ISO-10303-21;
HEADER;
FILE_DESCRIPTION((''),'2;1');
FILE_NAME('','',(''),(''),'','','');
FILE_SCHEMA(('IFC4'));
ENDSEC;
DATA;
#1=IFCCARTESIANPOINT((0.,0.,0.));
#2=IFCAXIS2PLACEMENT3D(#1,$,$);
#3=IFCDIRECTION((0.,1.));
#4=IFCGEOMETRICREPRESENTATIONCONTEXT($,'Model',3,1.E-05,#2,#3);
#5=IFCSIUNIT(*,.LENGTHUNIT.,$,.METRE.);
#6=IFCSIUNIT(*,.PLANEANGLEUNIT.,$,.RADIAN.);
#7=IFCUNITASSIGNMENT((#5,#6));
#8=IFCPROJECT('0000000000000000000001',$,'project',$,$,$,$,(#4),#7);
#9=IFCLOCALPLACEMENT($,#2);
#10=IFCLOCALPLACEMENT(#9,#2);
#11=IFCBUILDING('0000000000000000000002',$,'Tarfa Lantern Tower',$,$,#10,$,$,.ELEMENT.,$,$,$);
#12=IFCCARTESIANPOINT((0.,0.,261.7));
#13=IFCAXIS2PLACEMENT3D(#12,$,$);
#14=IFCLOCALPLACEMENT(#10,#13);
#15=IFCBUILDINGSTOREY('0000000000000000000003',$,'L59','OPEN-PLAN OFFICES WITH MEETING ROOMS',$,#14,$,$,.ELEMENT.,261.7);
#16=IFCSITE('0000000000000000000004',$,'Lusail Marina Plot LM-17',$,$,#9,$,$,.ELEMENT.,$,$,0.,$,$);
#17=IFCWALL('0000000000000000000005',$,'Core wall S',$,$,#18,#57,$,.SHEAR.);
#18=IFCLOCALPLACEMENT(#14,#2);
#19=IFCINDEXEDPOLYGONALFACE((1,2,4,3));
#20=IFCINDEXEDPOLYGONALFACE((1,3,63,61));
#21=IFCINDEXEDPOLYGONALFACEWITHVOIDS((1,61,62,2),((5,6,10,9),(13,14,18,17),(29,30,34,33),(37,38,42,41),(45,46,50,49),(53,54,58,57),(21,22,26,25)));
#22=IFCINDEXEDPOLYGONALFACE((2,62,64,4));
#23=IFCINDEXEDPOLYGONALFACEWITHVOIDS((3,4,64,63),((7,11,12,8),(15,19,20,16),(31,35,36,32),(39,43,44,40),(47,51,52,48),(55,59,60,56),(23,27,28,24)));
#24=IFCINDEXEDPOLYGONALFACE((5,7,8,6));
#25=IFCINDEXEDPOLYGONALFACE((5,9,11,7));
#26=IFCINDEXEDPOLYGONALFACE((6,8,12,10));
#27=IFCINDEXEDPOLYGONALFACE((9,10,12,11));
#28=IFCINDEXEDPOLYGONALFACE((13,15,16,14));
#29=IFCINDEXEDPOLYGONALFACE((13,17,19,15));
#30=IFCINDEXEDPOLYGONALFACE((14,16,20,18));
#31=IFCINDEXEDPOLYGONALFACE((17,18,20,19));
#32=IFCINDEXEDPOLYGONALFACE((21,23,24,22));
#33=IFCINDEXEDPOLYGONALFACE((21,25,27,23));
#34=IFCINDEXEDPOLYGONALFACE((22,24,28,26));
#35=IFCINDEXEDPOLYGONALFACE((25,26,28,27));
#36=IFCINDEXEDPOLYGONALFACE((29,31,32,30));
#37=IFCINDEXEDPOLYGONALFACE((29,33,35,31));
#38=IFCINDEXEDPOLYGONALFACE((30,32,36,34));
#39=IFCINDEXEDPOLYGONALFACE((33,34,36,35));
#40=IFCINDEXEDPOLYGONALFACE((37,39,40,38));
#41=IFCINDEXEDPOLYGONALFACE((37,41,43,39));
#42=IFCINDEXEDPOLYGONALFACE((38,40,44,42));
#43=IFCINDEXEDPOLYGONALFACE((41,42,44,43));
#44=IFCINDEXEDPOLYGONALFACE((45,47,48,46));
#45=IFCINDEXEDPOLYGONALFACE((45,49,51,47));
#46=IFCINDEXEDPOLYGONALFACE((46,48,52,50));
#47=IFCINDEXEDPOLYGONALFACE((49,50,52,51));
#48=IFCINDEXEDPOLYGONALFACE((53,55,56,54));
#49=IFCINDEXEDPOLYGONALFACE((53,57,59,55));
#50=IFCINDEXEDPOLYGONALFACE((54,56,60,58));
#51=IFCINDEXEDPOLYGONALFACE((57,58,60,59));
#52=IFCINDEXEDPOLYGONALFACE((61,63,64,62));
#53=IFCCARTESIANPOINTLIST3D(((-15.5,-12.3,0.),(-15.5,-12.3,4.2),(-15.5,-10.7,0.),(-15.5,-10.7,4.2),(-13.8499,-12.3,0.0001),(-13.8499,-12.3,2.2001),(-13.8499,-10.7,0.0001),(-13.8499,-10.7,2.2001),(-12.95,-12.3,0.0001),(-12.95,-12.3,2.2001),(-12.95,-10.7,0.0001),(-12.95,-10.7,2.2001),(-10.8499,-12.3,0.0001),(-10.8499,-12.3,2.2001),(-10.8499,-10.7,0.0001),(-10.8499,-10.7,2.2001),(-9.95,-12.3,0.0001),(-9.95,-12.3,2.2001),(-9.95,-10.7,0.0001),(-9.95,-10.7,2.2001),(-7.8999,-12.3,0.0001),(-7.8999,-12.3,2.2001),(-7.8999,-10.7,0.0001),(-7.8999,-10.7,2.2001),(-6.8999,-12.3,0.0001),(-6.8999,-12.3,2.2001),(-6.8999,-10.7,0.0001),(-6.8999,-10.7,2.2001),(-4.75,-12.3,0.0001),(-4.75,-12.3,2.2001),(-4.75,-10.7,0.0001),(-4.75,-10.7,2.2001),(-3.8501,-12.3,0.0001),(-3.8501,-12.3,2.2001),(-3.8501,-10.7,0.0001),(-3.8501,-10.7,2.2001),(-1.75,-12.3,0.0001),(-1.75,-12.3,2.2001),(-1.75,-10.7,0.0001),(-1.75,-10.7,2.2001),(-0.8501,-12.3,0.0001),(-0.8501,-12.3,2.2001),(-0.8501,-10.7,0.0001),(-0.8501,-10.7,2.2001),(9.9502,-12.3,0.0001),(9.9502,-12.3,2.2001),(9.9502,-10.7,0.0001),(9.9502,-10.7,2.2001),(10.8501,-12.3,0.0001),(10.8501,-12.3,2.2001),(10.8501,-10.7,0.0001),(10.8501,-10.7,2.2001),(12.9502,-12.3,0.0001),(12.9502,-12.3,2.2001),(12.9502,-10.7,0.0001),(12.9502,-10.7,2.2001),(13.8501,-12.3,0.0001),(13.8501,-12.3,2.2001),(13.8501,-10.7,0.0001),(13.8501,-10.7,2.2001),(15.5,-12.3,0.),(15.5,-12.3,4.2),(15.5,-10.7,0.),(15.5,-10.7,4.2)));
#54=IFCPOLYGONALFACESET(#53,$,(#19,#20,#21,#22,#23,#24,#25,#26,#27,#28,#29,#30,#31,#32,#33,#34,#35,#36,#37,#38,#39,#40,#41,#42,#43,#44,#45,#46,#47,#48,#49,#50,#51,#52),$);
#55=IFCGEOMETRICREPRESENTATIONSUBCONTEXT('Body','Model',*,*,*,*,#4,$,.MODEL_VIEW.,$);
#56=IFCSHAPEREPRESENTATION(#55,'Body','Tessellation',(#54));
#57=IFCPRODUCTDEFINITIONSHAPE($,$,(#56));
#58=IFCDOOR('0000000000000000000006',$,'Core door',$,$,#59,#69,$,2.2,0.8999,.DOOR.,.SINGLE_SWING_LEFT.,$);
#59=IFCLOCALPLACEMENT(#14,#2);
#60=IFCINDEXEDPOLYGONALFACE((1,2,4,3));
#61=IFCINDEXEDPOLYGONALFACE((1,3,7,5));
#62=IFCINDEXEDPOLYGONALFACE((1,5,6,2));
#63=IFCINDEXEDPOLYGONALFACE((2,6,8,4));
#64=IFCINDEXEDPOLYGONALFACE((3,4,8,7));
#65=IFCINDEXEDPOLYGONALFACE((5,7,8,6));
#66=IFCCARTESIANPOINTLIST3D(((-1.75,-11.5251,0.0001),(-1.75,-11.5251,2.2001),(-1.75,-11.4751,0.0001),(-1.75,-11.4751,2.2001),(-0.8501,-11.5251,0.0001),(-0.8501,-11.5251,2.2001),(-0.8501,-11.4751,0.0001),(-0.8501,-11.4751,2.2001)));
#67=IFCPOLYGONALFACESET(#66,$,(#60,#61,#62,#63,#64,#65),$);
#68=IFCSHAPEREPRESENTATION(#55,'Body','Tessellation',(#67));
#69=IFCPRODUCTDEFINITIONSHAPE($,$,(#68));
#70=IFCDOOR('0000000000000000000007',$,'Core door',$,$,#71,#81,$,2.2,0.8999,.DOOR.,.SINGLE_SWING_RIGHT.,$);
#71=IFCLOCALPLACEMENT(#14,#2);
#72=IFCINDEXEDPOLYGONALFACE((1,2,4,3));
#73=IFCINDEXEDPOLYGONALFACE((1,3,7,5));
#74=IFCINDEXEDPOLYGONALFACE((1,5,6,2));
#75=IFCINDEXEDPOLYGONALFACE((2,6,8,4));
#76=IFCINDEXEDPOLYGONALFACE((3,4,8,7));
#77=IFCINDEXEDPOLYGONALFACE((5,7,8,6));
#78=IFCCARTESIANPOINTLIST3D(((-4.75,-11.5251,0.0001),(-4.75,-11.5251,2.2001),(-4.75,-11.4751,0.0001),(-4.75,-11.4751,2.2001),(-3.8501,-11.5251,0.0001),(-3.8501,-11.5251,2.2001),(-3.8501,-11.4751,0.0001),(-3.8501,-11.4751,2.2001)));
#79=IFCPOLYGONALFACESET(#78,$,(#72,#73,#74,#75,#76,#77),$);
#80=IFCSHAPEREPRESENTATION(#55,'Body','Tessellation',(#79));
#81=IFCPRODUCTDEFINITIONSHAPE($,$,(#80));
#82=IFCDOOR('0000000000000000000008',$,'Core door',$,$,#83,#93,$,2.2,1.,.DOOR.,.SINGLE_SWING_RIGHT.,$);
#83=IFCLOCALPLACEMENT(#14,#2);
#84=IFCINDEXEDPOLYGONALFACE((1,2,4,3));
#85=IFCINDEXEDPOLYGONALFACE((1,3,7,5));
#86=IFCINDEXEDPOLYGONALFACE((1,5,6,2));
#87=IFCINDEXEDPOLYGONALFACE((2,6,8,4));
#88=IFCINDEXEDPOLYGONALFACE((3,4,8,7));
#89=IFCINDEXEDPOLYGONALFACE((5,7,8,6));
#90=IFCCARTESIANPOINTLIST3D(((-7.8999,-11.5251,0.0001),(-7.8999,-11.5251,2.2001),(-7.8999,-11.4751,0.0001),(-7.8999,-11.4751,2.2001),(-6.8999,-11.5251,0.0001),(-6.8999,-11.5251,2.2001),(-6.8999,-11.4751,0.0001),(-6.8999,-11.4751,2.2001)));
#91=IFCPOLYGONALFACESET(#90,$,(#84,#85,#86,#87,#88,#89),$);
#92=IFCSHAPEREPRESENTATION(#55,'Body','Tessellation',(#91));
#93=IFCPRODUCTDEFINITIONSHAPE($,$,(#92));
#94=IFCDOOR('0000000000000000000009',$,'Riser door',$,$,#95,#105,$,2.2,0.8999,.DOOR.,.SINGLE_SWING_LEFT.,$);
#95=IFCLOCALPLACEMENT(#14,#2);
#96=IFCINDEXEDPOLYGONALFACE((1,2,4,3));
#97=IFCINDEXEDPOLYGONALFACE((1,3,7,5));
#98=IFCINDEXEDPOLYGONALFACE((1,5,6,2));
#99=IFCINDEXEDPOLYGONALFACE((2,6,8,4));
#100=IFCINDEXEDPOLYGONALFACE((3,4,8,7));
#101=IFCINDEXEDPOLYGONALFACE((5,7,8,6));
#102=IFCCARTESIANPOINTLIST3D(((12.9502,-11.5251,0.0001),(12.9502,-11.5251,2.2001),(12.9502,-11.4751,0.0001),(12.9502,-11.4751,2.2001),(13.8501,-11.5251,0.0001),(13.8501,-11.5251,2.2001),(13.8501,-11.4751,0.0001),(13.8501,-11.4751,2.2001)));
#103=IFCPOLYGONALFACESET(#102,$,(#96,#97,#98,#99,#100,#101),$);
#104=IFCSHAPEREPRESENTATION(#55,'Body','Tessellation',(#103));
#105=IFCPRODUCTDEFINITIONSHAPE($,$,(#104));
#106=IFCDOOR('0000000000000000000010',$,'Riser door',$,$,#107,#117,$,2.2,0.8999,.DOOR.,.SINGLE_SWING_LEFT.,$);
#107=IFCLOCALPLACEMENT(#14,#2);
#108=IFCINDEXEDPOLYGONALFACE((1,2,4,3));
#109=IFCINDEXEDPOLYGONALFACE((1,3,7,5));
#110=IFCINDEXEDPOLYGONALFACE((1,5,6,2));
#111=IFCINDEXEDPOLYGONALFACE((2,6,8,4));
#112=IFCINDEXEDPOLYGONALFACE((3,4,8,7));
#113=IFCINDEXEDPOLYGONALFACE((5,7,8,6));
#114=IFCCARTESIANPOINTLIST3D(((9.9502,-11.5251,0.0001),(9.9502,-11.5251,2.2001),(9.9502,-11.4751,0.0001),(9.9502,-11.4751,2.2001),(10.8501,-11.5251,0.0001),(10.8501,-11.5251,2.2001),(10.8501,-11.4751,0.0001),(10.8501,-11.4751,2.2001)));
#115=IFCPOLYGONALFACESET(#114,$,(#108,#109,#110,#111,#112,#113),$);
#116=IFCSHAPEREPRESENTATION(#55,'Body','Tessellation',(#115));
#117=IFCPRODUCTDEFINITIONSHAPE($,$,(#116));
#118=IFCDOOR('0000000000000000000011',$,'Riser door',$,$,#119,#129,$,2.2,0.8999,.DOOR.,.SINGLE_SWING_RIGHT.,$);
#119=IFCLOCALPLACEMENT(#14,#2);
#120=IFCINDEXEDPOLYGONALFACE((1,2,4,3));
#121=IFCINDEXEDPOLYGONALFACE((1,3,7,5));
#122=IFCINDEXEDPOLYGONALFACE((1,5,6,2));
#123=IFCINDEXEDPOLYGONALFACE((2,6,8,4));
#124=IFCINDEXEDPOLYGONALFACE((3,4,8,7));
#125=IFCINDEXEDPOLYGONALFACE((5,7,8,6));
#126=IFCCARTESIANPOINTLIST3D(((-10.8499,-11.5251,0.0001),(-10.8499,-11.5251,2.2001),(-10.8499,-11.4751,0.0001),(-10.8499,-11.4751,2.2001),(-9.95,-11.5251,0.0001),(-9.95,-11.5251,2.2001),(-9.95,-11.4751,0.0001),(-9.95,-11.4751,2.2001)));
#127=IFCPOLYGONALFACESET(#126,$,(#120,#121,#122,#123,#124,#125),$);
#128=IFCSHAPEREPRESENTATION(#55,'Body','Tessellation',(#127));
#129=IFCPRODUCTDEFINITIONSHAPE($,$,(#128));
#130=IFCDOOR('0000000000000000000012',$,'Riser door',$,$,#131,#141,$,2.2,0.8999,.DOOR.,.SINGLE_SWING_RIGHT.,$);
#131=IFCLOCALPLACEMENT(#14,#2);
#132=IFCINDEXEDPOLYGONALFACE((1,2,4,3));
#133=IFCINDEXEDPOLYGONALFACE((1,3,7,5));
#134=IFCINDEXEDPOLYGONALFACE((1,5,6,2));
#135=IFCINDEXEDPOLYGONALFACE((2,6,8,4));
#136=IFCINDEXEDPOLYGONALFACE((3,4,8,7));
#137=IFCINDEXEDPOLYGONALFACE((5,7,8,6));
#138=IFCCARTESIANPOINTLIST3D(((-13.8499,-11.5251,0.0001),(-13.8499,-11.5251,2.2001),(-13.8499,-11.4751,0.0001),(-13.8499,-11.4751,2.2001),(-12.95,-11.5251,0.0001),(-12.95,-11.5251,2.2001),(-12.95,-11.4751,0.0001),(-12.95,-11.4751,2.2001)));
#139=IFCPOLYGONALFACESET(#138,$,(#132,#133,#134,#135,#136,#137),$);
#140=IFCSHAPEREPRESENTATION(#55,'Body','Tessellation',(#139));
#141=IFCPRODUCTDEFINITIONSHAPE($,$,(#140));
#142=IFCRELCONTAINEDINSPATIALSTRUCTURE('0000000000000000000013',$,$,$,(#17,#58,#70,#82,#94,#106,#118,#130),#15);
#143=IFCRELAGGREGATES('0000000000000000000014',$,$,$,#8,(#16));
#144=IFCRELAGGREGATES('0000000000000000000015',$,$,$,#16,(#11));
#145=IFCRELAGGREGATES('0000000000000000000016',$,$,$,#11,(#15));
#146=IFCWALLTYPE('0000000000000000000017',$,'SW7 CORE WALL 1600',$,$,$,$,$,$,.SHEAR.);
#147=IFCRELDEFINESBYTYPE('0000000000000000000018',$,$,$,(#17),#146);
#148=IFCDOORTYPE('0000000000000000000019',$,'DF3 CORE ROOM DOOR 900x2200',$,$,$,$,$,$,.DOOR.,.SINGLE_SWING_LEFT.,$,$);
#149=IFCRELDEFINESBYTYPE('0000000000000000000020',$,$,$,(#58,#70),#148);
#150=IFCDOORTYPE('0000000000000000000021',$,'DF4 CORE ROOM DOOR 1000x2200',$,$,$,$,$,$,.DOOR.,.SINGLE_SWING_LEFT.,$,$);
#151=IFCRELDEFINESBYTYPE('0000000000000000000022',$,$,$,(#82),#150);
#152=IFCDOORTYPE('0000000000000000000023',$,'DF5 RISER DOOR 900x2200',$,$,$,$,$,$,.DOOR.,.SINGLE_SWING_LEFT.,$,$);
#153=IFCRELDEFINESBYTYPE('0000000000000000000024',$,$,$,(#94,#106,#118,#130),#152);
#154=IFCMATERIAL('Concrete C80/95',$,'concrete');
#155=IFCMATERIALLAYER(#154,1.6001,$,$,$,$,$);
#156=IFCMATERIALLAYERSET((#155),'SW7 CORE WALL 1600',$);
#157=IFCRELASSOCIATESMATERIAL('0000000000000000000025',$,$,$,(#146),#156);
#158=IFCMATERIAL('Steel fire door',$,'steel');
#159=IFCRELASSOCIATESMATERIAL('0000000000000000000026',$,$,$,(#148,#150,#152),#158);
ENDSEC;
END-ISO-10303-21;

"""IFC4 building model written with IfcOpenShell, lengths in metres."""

from ifc_helpers import new_model, si_unit, direction, frame, frame_2d, origin, place, context, subcontext, project, spatial, rectangle, extrude, material, layer, layer_set, type_object, element, fill, save


model = new_model("IFC4")

# Units and contexts
model_context = context("Model", 3, precision=1e-05, world=origin(), true_north=direction((0.0, 1.0)))
body_context = subcontext(model_context, "Body", "Model", "MODEL_VIEW")
ifc_project = project(units=[si_unit("LENGTHUNIT", "METRE"), si_unit("PLANEANGLEUNIT", "RADIAN")], contexts=[model_context])

# Site, building, storey
site_placement = place(None, origin())
site = spatial("IfcSite", under=ifc_project, at=site_placement, Name="Lusail Marina Plot LM-17", CompositionType="ELEMENT", RefElevation=0.0)
building_placement = place(site_placement, origin())
building = spatial("IfcBuilding", under=site, at=building_placement, Name="Tarfa Lantern Tower", CompositionType="ELEMENT")
storey_placement = place(building_placement, frame((0.0, 0.0, 261.7)))
storey = spatial("IfcBuildingStorey", under=building, at=storey_placement, Name="L59", Description="OPEN-PLAN OFFICES WITH MEETING ROOMS", CompositionType="ELEMENT", Elevation=261.7)

# Shared definitions
ifc_material_1 = material(Name="Concrete C80/95", Category="concrete")
ifc_material_2 = material(Name="Steel fire door", Category="steel")

# Wall, openings, doors
ifc_layer_1 = layer(ifc_material_1, 1.6001)
ifc_layer_set_1 = layer_set([ifc_layer_1], Name="SW7 CORE WALL 1600")
wall_type_1 = type_object("IfcWallType", Name="SW7 CORE WALL 1600", PredefinedType="SHEAR", material=ifc_layer_set_1)
wall_1_placement = place(storey_placement, frame((15.5, -11.5, 0.0), z_axis=(0.0, 0.0, 1.0), x_axis=(-1.0, 0.0, 0.0)))
wall_1 = element("IfcWall", 1, at=wall_1_placement, inside=storey, type_object=wall_type_1, Name="Core wall S", PredefinedType="SHEAR", context=body_context, shape_type="SweptSolid", body=[
    extrude(rectangle(XDim=31.0, YDim=1.6001, at=frame_2d((15.5, 0.0))), origin(), (0.0, 0.0, 1.0), 4.2),
])
opening_1_placement = place(wall_1_placement, frame((16.3501, 0.0, 0.0)))
opening_1 = element("IfcOpeningElement", 2, at=opening_1_placement, cuts=wall_1, PredefinedType="OPENING", context=body_context, shape_type="SweptSolid", body=[
    extrude(rectangle(XDim=0.8999, YDim=2.2, at=frame_2d((0.45, 1.1001))), frame((0.0, 0.8101, 0.0), z_axis=(0.0, -1.0, 0.0), x_axis=(1.0, 0.0, 0.0)), (0.0, 0.0, 1.0), 1.6201),
])
opening_2_placement = place(wall_1_placement, frame((19.3501, 0.0, 0.0)))
opening_2 = element("IfcOpeningElement", 3, at=opening_2_placement, cuts=wall_1, PredefinedType="OPENING", context=body_context, shape_type="SweptSolid", body=[
    extrude(rectangle(XDim=0.8999, YDim=2.2, at=frame_2d((0.45, 1.1001))), frame((0.0, 0.8101, 0.0), z_axis=(0.0, -1.0, 0.0), x_axis=(1.0, 0.0, 0.0)), (0.0, 0.0, 1.0), 1.6201),
])
opening_3_placement = place(wall_1_placement, frame((22.3999, 0.0, 0.0)))
opening_3 = element("IfcOpeningElement", 4, at=opening_3_placement, cuts=wall_1, PredefinedType="OPENING", context=body_context, shape_type="SweptSolid", body=[
    extrude(rectangle(XDim=1.0, YDim=2.2, at=frame_2d((0.5, 1.1001))), frame((0.0, 0.8101, 0.0), z_axis=(0.0, -1.0, 0.0), x_axis=(1.0, 0.0, 0.0)), (0.0, 0.0, 1.0), 1.6201),
])
opening_4_placement = place(wall_1_placement, frame((1.6499, 0.0, 0.0)))
opening_4 = element("IfcOpeningElement", 5, at=opening_4_placement, cuts=wall_1, PredefinedType="OPENING", context=body_context, shape_type="SweptSolid", body=[
    extrude(rectangle(XDim=0.8999, YDim=2.2, at=frame_2d((0.45, 1.1001))), frame((0.0, 0.8101, 0.0), z_axis=(0.0, -1.0, 0.0), x_axis=(1.0, 0.0, 0.0)), (0.0, 0.0, 1.0), 1.6201),
])
opening_5_placement = place(wall_1_placement, frame((4.6499, 0.0, 0.0)))
opening_5 = element("IfcOpeningElement", 6, at=opening_5_placement, cuts=wall_1, PredefinedType="OPENING", context=body_context, shape_type="SweptSolid", body=[
    extrude(rectangle(XDim=0.8999, YDim=2.2, at=frame_2d((0.45, 1.1001))), frame((0.0, 0.8101, 0.0), z_axis=(0.0, -1.0, 0.0), x_axis=(1.0, 0.0, 0.0)), (0.0, 0.0, 1.0), 1.6201),
])
opening_6_placement = place(wall_1_placement, frame((25.45, 0.0, 0.0)))
opening_6 = element("IfcOpeningElement", 7, at=opening_6_placement, cuts=wall_1, PredefinedType="OPENING", context=body_context, shape_type="SweptSolid", body=[
    extrude(rectangle(XDim=0.8999, YDim=2.2, at=frame_2d((0.45, 1.1001))), frame((0.0, 0.8101, 0.0), z_axis=(0.0, -1.0, 0.0), x_axis=(1.0, 0.0, 0.0)), (0.0, 0.0, 1.0), 1.6201),
])
opening_7_placement = place(wall_1_placement, frame((28.45, 0.0, 0.0)))
opening_7 = element("IfcOpeningElement", 8, at=opening_7_placement, cuts=wall_1, PredefinedType="OPENING", context=body_context, shape_type="SweptSolid", body=[
    extrude(rectangle(XDim=0.8999, YDim=2.2, at=frame_2d((0.45, 1.1001))), frame((0.0, 0.8101, 0.0), z_axis=(0.0, -1.0, 0.0), x_axis=(1.0, 0.0, 0.0)), (0.0, 0.0, 1.0), 1.6201),
])
door_type_1 = type_object("IfcDoorType", Name="DF3 CORE ROOM DOOR 900x2200", OperationType="SINGLE_SWING_LEFT", PredefinedType="DOOR", material=ifc_material_2)
door_1_placement = place(opening_1_placement, frame((0.8999, 0.0, 0.0), z_axis=(0.0, 0.0, 1.0), x_axis=(-1.0, 0.0, 0.0)))
door_1 = element("IfcDoor", 9, at=door_1_placement, inside=storey, type_object=door_type_1, Name="Core door", OperationType="SINGLE_SWING_LEFT", OverallHeight=2.2, OverallWidth=0.8999, PredefinedType="DOOR", context=body_context, shape_type="SweptSolid", body=[
    extrude(rectangle(XDim=0.8999, YDim=2.2, at=frame_2d((0.45, 1.1001))), frame((0.0, 0.0249, 0.0), z_axis=(0.0, -1.0, 0.0), x_axis=(1.0, 0.0, 0.0)), (0.0, 0.0, 1.0), 0.05),
])
fill(opening_1, door_1)
door_2_placement = place(opening_2_placement, frame((0.8999, 0.0, 0.0), z_axis=(0.0, 0.0, 1.0), x_axis=(-1.0, 0.0, 0.0)))
door_2 = element("IfcDoor", 10, at=door_2_placement, inside=storey, type_object=door_type_1, Name="Core door", OperationType="SINGLE_SWING_RIGHT", OverallHeight=2.2, OverallWidth=0.8999, PredefinedType="DOOR", context=body_context, shape_type="SweptSolid", body=[
    extrude(rectangle(XDim=0.8999, YDim=2.2, at=frame_2d((0.45, 1.1001))), frame((0.0, 0.0249, 0.0), z_axis=(0.0, -1.0, 0.0), x_axis=(1.0, 0.0, 0.0)), (0.0, 0.0, 1.0), 0.05),
])
fill(opening_2, door_2)
door_type_2 = type_object("IfcDoorType", Name="DF4 CORE ROOM DOOR 1000x2200", OperationType="SINGLE_SWING_LEFT", PredefinedType="DOOR", material=ifc_material_2)
door_3_placement = place(opening_3_placement, frame((1.0, 0.0, 0.0), z_axis=(0.0, 0.0, 1.0), x_axis=(-1.0, 0.0, 0.0)))
door_3 = element("IfcDoor", 11, at=door_3_placement, inside=storey, type_object=door_type_2, Name="Core door", OperationType="SINGLE_SWING_RIGHT", OverallHeight=2.2, OverallWidth=1.0, PredefinedType="DOOR", context=body_context, shape_type="SweptSolid", body=[
    extrude(rectangle(XDim=1.0, YDim=2.2, at=frame_2d((0.5, 1.1001))), frame((0.0, 0.0249, 0.0), z_axis=(0.0, -1.0, 0.0), x_axis=(1.0, 0.0, 0.0)), (0.0, 0.0, 1.0), 0.05),
])
fill(opening_3, door_3)
door_type_3 = type_object("IfcDoorType", Name="DF5 RISER DOOR 900x2200", OperationType="SINGLE_SWING_LEFT", PredefinedType="DOOR", material=ifc_material_2)
door_4_placement = place(opening_4_placement, frame((0.8999, 0.0, 0.0), z_axis=(0.0, 0.0, 1.0), x_axis=(-1.0, 0.0, 0.0)))
door_4 = element("IfcDoor", 12, at=door_4_placement, inside=storey, type_object=door_type_3, Name="Riser door", OperationType="SINGLE_SWING_LEFT", OverallHeight=2.2, OverallWidth=0.8999, PredefinedType="DOOR", context=body_context, shape_type="SweptSolid", body=[
    extrude(rectangle(XDim=0.8999, YDim=2.2, at=frame_2d((0.45, 1.1001))), frame((0.0, 0.0249, 0.0), z_axis=(0.0, -1.0, 0.0), x_axis=(1.0, 0.0, 0.0)), (0.0, 0.0, 1.0), 0.05),
])
fill(opening_4, door_4)
door_5_placement = place(opening_5_placement, frame((0.8999, 0.0, 0.0), z_axis=(0.0, 0.0, 1.0), x_axis=(-1.0, 0.0, 0.0)))
door_5 = element("IfcDoor", 13, at=door_5_placement, inside=storey, type_object=door_type_3, Name="Riser door", OperationType="SINGLE_SWING_LEFT", OverallHeight=2.2, OverallWidth=0.8999, PredefinedType="DOOR", context=body_context, shape_type="SweptSolid", body=[
    extrude(rectangle(XDim=0.8999, YDim=2.2, at=frame_2d((0.45, 1.1001))), frame((0.0, 0.0249, 0.0), z_axis=(0.0, -1.0, 0.0), x_axis=(1.0, 0.0, 0.0)), (0.0, 0.0, 1.0), 0.05),
])
fill(opening_5, door_5)
door_6_placement = place(opening_6_placement, frame((0.8999, 0.0, 0.0), z_axis=(0.0, 0.0, 1.0), x_axis=(-1.0, 0.0, 0.0)))
door_6 = element("IfcDoor", 14, at=door_6_placement, inside=storey, type_object=door_type_3, Name="Riser door", OperationType="SINGLE_SWING_RIGHT", OverallHeight=2.2, OverallWidth=0.8999, PredefinedType="DOOR", context=body_context, shape_type="SweptSolid", body=[
    extrude(rectangle(XDim=0.8999, YDim=2.2, at=frame_2d((0.45, 1.1001))), frame((0.0, 0.0249, 0.0), z_axis=(0.0, -1.0, 0.0), x_axis=(1.0, 0.0, 0.0)), (0.0, 0.0, 1.0), 0.05),
])
fill(opening_6, door_6)
door_7_placement = place(opening_7_placement, frame((0.8999, 0.0, 0.0), z_axis=(0.0, 0.0, 1.0), x_axis=(-1.0, 0.0, 0.0)))
door_7 = element("IfcDoor", 15, at=door_7_placement, inside=storey, type_object=door_type_3, Name="Riser door", OperationType="SINGLE_SWING_RIGHT", OverallHeight=2.2, OverallWidth=0.8999, PredefinedType="DOOR", context=body_context, shape_type="SweptSolid", body=[
    extrude(rectangle(XDim=0.8999, YDim=2.2, at=frame_2d((0.45, 1.1001))), frame((0.0, 0.0249, 0.0), z_axis=(0.0, -1.0, 0.0), x_axis=(1.0, 0.0, 0.0)), (0.0, 0.0, 1.0), 0.05),
])
fill(opening_7, door_7)

save(model, "model.ifc")
